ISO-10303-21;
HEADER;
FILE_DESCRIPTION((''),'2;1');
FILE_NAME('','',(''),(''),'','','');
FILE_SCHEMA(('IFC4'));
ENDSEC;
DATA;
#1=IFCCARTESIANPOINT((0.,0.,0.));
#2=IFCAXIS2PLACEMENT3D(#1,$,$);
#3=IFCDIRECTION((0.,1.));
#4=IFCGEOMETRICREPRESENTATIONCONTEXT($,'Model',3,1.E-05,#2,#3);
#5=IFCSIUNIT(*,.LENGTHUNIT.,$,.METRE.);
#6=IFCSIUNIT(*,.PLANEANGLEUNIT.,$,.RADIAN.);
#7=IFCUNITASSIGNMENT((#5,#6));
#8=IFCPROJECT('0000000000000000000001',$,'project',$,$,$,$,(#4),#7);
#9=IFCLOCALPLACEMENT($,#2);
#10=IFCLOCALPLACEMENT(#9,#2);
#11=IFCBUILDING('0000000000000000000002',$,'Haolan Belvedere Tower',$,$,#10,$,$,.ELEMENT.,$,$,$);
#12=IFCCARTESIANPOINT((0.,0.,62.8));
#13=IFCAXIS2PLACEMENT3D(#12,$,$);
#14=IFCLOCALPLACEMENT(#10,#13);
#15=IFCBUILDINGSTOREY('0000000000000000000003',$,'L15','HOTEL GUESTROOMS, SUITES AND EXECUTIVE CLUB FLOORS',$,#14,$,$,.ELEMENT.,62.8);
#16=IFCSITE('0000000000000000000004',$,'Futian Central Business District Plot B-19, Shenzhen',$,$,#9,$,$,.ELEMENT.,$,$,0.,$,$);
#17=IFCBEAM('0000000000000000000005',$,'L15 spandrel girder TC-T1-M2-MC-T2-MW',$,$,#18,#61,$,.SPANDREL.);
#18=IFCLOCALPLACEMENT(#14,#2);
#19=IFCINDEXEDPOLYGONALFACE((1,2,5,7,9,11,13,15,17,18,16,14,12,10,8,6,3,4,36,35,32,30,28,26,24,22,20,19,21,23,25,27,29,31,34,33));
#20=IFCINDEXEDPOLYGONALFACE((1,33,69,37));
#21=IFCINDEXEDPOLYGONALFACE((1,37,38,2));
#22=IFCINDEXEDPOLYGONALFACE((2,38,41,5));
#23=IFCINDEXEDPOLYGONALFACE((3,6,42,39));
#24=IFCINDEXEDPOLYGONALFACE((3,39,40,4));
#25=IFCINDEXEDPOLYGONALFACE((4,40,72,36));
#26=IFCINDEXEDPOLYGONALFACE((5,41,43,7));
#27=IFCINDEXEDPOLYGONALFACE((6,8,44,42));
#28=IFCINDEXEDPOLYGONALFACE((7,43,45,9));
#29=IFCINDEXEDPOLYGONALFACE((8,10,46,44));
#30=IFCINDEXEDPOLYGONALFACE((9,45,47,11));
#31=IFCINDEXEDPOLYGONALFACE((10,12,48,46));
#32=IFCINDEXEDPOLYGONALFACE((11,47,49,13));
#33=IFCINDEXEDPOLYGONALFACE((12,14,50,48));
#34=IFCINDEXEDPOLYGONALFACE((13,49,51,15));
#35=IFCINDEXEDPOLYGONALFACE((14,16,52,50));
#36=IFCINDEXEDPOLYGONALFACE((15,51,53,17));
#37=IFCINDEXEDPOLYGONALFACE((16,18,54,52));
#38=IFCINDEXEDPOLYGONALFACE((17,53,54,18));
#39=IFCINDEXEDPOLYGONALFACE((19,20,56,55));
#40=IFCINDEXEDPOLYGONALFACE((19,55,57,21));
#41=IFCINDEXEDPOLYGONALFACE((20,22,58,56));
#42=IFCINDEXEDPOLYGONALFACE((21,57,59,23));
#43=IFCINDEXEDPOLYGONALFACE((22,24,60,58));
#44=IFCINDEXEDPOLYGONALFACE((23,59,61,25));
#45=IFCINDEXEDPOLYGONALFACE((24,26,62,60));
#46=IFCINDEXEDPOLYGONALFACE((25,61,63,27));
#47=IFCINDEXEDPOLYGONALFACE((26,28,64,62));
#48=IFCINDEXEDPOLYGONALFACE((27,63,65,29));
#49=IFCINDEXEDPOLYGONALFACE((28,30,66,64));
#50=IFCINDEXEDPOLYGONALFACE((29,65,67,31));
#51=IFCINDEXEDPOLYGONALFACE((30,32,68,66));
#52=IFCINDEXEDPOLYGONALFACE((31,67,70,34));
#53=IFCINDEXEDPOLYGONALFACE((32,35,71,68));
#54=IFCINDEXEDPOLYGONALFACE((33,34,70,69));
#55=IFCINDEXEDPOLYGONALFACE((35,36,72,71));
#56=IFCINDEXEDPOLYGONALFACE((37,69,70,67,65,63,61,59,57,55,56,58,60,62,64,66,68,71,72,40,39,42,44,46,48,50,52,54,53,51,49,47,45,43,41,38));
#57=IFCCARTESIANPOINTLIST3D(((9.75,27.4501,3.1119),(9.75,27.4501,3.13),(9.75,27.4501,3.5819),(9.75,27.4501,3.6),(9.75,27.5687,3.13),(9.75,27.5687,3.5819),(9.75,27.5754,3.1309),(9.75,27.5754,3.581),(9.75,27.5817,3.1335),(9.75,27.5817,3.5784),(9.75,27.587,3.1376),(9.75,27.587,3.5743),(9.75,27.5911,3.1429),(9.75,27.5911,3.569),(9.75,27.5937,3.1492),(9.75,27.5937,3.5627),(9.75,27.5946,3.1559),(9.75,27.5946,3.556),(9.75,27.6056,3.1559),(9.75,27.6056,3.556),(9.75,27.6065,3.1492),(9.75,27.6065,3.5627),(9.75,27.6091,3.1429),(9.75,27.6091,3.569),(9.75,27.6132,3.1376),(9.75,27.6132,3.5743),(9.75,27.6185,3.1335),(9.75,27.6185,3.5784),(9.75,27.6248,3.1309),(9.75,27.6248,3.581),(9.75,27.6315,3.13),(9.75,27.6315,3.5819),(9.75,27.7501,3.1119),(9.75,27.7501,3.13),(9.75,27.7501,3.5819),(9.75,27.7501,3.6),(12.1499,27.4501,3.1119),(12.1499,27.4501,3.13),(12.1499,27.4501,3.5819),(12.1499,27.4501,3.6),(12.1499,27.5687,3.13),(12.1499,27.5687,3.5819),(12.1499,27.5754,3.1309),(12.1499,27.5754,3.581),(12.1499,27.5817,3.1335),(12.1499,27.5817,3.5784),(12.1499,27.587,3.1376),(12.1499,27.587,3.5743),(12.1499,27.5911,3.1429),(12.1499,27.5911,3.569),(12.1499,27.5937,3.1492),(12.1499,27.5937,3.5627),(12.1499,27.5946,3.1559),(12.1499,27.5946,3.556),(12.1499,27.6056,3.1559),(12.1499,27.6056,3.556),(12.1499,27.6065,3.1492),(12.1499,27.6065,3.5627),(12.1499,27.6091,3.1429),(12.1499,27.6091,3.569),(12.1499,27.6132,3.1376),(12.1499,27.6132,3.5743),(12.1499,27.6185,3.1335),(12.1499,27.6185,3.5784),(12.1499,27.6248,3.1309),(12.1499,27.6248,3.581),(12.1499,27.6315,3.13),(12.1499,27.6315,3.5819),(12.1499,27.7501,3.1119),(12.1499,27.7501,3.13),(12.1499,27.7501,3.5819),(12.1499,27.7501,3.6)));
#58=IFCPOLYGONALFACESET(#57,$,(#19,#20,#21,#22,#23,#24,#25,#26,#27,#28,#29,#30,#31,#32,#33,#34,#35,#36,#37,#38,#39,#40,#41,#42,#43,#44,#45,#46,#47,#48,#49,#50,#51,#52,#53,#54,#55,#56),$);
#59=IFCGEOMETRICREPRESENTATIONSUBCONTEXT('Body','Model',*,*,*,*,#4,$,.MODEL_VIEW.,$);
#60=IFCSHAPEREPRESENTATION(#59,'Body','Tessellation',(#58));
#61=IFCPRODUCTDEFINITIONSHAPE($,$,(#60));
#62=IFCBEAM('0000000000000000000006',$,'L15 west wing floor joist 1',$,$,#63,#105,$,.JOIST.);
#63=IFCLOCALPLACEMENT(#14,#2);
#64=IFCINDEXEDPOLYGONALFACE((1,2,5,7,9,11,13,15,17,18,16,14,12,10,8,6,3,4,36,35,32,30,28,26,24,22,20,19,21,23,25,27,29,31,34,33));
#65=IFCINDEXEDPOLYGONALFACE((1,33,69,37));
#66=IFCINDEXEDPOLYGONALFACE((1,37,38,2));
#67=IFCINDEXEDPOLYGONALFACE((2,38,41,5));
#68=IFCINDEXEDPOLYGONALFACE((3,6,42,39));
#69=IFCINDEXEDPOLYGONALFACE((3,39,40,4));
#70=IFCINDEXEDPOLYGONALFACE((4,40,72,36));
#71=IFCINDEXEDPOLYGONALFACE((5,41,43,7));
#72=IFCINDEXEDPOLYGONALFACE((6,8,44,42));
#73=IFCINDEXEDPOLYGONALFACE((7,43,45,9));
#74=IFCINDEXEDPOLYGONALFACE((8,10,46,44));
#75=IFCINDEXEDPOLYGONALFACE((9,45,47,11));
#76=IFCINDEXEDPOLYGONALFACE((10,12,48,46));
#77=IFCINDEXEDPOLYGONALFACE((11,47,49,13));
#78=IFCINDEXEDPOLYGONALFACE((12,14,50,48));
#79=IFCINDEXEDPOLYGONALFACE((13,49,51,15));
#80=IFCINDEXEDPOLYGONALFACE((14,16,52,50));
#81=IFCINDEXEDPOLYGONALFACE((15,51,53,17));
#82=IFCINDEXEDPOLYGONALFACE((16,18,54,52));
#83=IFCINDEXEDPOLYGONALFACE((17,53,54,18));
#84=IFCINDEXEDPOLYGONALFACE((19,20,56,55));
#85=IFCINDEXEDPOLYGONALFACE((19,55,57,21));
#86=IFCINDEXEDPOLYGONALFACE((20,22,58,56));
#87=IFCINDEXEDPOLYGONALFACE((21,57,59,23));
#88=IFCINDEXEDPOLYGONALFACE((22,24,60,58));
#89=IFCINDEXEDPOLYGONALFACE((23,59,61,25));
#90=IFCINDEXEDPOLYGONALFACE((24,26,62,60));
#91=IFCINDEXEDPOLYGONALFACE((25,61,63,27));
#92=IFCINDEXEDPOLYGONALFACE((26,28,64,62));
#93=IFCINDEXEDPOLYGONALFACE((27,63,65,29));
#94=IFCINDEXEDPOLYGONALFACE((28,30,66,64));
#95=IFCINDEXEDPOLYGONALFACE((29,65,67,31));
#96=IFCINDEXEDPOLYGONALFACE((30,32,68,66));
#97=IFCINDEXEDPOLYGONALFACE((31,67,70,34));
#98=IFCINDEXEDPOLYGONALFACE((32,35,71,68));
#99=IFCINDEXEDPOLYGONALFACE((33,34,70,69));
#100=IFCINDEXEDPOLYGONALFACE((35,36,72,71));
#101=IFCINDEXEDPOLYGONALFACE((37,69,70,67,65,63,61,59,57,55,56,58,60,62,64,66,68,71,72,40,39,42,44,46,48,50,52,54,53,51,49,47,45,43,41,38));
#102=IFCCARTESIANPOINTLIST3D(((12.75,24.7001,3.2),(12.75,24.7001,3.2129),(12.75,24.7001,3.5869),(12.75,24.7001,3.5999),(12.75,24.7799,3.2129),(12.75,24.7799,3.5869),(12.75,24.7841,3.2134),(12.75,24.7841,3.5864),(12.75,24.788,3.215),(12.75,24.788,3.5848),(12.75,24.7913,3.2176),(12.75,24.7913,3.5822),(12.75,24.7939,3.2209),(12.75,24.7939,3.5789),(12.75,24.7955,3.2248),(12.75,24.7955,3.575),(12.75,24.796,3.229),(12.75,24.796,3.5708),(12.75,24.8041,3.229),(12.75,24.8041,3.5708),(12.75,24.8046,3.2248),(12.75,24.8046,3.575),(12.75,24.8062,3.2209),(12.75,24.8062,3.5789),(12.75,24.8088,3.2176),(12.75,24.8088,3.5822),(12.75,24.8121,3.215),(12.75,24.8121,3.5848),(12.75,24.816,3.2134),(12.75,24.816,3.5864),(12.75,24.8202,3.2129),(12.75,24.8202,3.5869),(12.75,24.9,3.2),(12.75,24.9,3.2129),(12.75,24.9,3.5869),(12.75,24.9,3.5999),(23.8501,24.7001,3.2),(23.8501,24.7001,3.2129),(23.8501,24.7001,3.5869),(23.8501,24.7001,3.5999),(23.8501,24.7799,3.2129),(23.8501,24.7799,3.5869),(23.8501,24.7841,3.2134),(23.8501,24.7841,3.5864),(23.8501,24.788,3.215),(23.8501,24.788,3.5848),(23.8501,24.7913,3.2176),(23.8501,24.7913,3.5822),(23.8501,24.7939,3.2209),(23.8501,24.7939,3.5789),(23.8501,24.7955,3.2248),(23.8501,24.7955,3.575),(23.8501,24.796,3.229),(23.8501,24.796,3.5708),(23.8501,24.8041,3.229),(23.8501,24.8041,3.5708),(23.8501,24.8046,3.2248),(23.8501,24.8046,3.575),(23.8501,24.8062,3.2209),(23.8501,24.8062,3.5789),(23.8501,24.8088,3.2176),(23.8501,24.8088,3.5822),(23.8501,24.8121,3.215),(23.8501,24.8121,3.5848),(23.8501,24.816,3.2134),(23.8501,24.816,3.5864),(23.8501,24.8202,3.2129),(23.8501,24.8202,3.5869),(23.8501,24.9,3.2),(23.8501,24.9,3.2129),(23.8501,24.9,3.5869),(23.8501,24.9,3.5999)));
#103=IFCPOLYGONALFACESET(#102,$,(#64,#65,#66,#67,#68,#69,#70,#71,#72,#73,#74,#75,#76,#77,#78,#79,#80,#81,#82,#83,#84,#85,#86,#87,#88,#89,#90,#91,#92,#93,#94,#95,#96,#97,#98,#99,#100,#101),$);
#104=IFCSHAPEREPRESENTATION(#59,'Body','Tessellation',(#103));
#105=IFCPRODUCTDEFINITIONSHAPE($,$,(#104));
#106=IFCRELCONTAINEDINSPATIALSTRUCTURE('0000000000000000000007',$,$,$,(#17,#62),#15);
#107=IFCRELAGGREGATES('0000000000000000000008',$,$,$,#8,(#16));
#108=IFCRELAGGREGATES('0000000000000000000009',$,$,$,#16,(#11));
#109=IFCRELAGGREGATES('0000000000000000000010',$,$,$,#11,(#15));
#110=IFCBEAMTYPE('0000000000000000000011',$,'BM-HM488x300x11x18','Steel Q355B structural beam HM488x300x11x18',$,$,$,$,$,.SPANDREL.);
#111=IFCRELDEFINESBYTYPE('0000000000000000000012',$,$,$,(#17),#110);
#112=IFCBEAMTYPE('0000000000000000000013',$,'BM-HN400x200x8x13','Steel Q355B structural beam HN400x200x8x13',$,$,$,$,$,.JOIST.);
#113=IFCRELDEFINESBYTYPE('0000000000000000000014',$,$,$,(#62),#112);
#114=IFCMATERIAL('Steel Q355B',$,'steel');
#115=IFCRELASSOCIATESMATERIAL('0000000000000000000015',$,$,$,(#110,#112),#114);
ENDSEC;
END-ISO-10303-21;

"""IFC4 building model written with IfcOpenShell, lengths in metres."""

from ifc_helpers import new_model, si_unit, direction, frame, origin, origin_2d, place, context, subcontext, project, spatial, i_section, extrude, material, material_profile, profile_set, type_object, element, save


model = new_model("IFC4")

# Units and contexts
model_context = context("Model", 3, precision=1e-05, world=origin(), true_north=direction((0.0, 1.0)))
body_context = subcontext(model_context, "Body", "Model", "MODEL_VIEW")
ifc_project = project(units=[si_unit("LENGTHUNIT", "METRE"), si_unit("PLANEANGLEUNIT", "RADIAN")], contexts=[model_context])

# Site, building, storey
site_placement = place(None, origin())
site = spatial("IfcSite", under=ifc_project, at=site_placement, Name="Futian Central Business District Plot B-19, Shenzhen", CompositionType="ELEMENT", RefElevation=0.0)
building_placement = place(site_placement, origin())
building = spatial("IfcBuilding", under=site, at=building_placement, Name="Haolan Belvedere Tower", CompositionType="ELEMENT")
storey_placement = place(building_placement, frame((0.0, 0.0, 62.8)))
storey = spatial("IfcBuildingStorey", under=building, at=storey_placement, Name="L15", Description="HOTEL GUESTROOMS, SUITES AND EXECUTIVE CLUB FLOORS", CompositionType="ELEMENT", Elevation=62.8)

# Shared definitions
ifc_material_1 = material(Name="Steel Q355B", Category="steel")

# Beams
ifc_material_profile_1 = material_profile(ifc_material_1, i_section(OverallWidth=0.3, OverallDepth=0.488, WebThickness=0.011, FlangeThickness=0.0181, FilletRadius=0.0259, at=origin_2d()), Name="Steel Q355B")
ifc_profile_set_1 = profile_set([ifc_material_profile_1], Name="Steel Q355B")
beam_type_1 = type_object("IfcBeamType", Name="BM-HM488x300x11x18", Description="Steel Q355B structural beam HM488x300x11x18", PredefinedType="SPANDREL", material=ifc_profile_set_1)
beam_1_placement = place(storey_placement, frame((9.75, 27.6001, 3.356), z_axis=(1.0, 0.0, 0.0), x_axis=(0.0, 1.0, 0.0)))
element("IfcBeam", 1, at=beam_1_placement, inside=storey, type_object=beam_type_1, Name="L15 spandrel girder TC-T1-M2-MC-T2-MW", PredefinedType="SPANDREL", context=body_context, shape_type="SweptSolid", body=[
    extrude(i_section(OverallWidth=0.3, OverallDepth=0.488, WebThickness=0.011, FlangeThickness=0.0181, FilletRadius=0.0259, at=origin_2d()), origin(), (0.0, 0.0, 1.0), 2.3999),
])
ifc_material_profile_2 = material_profile(ifc_material_1, i_section(OverallWidth=0.2, OverallDepth=0.3999, WebThickness=0.0081, FlangeThickness=0.0129, FilletRadius=0.0161, at=origin_2d()), Name="Steel Q355B")
ifc_profile_set_2 = profile_set([ifc_material_profile_2], Name="Steel Q355B")
beam_type_2 = type_object("IfcBeamType", Name="BM-HN400x200x8x13", Description="Steel Q355B structural beam HN400x200x8x13", PredefinedType="JOIST", material=ifc_profile_set_2)
beam_2_placement = place(storey_placement, frame((12.75, 24.8, 3.3999), z_axis=(1.0, 0.0, 0.0), x_axis=(0.0, 1.0, 0.0)))
element("IfcBeam", 2, at=beam_2_placement, inside=storey, type_object=beam_type_2, Name="L15 west wing floor joist 1", PredefinedType="JOIST", context=body_context, shape_type="SweptSolid", body=[
    extrude(i_section(OverallWidth=0.2, OverallDepth=0.3999, WebThickness=0.0081, FlangeThickness=0.0129, FilletRadius=0.0161, at=origin_2d()), origin(), (0.0, 0.0, 1.0), 11.1001),
])

save(model, "model.ifc")
